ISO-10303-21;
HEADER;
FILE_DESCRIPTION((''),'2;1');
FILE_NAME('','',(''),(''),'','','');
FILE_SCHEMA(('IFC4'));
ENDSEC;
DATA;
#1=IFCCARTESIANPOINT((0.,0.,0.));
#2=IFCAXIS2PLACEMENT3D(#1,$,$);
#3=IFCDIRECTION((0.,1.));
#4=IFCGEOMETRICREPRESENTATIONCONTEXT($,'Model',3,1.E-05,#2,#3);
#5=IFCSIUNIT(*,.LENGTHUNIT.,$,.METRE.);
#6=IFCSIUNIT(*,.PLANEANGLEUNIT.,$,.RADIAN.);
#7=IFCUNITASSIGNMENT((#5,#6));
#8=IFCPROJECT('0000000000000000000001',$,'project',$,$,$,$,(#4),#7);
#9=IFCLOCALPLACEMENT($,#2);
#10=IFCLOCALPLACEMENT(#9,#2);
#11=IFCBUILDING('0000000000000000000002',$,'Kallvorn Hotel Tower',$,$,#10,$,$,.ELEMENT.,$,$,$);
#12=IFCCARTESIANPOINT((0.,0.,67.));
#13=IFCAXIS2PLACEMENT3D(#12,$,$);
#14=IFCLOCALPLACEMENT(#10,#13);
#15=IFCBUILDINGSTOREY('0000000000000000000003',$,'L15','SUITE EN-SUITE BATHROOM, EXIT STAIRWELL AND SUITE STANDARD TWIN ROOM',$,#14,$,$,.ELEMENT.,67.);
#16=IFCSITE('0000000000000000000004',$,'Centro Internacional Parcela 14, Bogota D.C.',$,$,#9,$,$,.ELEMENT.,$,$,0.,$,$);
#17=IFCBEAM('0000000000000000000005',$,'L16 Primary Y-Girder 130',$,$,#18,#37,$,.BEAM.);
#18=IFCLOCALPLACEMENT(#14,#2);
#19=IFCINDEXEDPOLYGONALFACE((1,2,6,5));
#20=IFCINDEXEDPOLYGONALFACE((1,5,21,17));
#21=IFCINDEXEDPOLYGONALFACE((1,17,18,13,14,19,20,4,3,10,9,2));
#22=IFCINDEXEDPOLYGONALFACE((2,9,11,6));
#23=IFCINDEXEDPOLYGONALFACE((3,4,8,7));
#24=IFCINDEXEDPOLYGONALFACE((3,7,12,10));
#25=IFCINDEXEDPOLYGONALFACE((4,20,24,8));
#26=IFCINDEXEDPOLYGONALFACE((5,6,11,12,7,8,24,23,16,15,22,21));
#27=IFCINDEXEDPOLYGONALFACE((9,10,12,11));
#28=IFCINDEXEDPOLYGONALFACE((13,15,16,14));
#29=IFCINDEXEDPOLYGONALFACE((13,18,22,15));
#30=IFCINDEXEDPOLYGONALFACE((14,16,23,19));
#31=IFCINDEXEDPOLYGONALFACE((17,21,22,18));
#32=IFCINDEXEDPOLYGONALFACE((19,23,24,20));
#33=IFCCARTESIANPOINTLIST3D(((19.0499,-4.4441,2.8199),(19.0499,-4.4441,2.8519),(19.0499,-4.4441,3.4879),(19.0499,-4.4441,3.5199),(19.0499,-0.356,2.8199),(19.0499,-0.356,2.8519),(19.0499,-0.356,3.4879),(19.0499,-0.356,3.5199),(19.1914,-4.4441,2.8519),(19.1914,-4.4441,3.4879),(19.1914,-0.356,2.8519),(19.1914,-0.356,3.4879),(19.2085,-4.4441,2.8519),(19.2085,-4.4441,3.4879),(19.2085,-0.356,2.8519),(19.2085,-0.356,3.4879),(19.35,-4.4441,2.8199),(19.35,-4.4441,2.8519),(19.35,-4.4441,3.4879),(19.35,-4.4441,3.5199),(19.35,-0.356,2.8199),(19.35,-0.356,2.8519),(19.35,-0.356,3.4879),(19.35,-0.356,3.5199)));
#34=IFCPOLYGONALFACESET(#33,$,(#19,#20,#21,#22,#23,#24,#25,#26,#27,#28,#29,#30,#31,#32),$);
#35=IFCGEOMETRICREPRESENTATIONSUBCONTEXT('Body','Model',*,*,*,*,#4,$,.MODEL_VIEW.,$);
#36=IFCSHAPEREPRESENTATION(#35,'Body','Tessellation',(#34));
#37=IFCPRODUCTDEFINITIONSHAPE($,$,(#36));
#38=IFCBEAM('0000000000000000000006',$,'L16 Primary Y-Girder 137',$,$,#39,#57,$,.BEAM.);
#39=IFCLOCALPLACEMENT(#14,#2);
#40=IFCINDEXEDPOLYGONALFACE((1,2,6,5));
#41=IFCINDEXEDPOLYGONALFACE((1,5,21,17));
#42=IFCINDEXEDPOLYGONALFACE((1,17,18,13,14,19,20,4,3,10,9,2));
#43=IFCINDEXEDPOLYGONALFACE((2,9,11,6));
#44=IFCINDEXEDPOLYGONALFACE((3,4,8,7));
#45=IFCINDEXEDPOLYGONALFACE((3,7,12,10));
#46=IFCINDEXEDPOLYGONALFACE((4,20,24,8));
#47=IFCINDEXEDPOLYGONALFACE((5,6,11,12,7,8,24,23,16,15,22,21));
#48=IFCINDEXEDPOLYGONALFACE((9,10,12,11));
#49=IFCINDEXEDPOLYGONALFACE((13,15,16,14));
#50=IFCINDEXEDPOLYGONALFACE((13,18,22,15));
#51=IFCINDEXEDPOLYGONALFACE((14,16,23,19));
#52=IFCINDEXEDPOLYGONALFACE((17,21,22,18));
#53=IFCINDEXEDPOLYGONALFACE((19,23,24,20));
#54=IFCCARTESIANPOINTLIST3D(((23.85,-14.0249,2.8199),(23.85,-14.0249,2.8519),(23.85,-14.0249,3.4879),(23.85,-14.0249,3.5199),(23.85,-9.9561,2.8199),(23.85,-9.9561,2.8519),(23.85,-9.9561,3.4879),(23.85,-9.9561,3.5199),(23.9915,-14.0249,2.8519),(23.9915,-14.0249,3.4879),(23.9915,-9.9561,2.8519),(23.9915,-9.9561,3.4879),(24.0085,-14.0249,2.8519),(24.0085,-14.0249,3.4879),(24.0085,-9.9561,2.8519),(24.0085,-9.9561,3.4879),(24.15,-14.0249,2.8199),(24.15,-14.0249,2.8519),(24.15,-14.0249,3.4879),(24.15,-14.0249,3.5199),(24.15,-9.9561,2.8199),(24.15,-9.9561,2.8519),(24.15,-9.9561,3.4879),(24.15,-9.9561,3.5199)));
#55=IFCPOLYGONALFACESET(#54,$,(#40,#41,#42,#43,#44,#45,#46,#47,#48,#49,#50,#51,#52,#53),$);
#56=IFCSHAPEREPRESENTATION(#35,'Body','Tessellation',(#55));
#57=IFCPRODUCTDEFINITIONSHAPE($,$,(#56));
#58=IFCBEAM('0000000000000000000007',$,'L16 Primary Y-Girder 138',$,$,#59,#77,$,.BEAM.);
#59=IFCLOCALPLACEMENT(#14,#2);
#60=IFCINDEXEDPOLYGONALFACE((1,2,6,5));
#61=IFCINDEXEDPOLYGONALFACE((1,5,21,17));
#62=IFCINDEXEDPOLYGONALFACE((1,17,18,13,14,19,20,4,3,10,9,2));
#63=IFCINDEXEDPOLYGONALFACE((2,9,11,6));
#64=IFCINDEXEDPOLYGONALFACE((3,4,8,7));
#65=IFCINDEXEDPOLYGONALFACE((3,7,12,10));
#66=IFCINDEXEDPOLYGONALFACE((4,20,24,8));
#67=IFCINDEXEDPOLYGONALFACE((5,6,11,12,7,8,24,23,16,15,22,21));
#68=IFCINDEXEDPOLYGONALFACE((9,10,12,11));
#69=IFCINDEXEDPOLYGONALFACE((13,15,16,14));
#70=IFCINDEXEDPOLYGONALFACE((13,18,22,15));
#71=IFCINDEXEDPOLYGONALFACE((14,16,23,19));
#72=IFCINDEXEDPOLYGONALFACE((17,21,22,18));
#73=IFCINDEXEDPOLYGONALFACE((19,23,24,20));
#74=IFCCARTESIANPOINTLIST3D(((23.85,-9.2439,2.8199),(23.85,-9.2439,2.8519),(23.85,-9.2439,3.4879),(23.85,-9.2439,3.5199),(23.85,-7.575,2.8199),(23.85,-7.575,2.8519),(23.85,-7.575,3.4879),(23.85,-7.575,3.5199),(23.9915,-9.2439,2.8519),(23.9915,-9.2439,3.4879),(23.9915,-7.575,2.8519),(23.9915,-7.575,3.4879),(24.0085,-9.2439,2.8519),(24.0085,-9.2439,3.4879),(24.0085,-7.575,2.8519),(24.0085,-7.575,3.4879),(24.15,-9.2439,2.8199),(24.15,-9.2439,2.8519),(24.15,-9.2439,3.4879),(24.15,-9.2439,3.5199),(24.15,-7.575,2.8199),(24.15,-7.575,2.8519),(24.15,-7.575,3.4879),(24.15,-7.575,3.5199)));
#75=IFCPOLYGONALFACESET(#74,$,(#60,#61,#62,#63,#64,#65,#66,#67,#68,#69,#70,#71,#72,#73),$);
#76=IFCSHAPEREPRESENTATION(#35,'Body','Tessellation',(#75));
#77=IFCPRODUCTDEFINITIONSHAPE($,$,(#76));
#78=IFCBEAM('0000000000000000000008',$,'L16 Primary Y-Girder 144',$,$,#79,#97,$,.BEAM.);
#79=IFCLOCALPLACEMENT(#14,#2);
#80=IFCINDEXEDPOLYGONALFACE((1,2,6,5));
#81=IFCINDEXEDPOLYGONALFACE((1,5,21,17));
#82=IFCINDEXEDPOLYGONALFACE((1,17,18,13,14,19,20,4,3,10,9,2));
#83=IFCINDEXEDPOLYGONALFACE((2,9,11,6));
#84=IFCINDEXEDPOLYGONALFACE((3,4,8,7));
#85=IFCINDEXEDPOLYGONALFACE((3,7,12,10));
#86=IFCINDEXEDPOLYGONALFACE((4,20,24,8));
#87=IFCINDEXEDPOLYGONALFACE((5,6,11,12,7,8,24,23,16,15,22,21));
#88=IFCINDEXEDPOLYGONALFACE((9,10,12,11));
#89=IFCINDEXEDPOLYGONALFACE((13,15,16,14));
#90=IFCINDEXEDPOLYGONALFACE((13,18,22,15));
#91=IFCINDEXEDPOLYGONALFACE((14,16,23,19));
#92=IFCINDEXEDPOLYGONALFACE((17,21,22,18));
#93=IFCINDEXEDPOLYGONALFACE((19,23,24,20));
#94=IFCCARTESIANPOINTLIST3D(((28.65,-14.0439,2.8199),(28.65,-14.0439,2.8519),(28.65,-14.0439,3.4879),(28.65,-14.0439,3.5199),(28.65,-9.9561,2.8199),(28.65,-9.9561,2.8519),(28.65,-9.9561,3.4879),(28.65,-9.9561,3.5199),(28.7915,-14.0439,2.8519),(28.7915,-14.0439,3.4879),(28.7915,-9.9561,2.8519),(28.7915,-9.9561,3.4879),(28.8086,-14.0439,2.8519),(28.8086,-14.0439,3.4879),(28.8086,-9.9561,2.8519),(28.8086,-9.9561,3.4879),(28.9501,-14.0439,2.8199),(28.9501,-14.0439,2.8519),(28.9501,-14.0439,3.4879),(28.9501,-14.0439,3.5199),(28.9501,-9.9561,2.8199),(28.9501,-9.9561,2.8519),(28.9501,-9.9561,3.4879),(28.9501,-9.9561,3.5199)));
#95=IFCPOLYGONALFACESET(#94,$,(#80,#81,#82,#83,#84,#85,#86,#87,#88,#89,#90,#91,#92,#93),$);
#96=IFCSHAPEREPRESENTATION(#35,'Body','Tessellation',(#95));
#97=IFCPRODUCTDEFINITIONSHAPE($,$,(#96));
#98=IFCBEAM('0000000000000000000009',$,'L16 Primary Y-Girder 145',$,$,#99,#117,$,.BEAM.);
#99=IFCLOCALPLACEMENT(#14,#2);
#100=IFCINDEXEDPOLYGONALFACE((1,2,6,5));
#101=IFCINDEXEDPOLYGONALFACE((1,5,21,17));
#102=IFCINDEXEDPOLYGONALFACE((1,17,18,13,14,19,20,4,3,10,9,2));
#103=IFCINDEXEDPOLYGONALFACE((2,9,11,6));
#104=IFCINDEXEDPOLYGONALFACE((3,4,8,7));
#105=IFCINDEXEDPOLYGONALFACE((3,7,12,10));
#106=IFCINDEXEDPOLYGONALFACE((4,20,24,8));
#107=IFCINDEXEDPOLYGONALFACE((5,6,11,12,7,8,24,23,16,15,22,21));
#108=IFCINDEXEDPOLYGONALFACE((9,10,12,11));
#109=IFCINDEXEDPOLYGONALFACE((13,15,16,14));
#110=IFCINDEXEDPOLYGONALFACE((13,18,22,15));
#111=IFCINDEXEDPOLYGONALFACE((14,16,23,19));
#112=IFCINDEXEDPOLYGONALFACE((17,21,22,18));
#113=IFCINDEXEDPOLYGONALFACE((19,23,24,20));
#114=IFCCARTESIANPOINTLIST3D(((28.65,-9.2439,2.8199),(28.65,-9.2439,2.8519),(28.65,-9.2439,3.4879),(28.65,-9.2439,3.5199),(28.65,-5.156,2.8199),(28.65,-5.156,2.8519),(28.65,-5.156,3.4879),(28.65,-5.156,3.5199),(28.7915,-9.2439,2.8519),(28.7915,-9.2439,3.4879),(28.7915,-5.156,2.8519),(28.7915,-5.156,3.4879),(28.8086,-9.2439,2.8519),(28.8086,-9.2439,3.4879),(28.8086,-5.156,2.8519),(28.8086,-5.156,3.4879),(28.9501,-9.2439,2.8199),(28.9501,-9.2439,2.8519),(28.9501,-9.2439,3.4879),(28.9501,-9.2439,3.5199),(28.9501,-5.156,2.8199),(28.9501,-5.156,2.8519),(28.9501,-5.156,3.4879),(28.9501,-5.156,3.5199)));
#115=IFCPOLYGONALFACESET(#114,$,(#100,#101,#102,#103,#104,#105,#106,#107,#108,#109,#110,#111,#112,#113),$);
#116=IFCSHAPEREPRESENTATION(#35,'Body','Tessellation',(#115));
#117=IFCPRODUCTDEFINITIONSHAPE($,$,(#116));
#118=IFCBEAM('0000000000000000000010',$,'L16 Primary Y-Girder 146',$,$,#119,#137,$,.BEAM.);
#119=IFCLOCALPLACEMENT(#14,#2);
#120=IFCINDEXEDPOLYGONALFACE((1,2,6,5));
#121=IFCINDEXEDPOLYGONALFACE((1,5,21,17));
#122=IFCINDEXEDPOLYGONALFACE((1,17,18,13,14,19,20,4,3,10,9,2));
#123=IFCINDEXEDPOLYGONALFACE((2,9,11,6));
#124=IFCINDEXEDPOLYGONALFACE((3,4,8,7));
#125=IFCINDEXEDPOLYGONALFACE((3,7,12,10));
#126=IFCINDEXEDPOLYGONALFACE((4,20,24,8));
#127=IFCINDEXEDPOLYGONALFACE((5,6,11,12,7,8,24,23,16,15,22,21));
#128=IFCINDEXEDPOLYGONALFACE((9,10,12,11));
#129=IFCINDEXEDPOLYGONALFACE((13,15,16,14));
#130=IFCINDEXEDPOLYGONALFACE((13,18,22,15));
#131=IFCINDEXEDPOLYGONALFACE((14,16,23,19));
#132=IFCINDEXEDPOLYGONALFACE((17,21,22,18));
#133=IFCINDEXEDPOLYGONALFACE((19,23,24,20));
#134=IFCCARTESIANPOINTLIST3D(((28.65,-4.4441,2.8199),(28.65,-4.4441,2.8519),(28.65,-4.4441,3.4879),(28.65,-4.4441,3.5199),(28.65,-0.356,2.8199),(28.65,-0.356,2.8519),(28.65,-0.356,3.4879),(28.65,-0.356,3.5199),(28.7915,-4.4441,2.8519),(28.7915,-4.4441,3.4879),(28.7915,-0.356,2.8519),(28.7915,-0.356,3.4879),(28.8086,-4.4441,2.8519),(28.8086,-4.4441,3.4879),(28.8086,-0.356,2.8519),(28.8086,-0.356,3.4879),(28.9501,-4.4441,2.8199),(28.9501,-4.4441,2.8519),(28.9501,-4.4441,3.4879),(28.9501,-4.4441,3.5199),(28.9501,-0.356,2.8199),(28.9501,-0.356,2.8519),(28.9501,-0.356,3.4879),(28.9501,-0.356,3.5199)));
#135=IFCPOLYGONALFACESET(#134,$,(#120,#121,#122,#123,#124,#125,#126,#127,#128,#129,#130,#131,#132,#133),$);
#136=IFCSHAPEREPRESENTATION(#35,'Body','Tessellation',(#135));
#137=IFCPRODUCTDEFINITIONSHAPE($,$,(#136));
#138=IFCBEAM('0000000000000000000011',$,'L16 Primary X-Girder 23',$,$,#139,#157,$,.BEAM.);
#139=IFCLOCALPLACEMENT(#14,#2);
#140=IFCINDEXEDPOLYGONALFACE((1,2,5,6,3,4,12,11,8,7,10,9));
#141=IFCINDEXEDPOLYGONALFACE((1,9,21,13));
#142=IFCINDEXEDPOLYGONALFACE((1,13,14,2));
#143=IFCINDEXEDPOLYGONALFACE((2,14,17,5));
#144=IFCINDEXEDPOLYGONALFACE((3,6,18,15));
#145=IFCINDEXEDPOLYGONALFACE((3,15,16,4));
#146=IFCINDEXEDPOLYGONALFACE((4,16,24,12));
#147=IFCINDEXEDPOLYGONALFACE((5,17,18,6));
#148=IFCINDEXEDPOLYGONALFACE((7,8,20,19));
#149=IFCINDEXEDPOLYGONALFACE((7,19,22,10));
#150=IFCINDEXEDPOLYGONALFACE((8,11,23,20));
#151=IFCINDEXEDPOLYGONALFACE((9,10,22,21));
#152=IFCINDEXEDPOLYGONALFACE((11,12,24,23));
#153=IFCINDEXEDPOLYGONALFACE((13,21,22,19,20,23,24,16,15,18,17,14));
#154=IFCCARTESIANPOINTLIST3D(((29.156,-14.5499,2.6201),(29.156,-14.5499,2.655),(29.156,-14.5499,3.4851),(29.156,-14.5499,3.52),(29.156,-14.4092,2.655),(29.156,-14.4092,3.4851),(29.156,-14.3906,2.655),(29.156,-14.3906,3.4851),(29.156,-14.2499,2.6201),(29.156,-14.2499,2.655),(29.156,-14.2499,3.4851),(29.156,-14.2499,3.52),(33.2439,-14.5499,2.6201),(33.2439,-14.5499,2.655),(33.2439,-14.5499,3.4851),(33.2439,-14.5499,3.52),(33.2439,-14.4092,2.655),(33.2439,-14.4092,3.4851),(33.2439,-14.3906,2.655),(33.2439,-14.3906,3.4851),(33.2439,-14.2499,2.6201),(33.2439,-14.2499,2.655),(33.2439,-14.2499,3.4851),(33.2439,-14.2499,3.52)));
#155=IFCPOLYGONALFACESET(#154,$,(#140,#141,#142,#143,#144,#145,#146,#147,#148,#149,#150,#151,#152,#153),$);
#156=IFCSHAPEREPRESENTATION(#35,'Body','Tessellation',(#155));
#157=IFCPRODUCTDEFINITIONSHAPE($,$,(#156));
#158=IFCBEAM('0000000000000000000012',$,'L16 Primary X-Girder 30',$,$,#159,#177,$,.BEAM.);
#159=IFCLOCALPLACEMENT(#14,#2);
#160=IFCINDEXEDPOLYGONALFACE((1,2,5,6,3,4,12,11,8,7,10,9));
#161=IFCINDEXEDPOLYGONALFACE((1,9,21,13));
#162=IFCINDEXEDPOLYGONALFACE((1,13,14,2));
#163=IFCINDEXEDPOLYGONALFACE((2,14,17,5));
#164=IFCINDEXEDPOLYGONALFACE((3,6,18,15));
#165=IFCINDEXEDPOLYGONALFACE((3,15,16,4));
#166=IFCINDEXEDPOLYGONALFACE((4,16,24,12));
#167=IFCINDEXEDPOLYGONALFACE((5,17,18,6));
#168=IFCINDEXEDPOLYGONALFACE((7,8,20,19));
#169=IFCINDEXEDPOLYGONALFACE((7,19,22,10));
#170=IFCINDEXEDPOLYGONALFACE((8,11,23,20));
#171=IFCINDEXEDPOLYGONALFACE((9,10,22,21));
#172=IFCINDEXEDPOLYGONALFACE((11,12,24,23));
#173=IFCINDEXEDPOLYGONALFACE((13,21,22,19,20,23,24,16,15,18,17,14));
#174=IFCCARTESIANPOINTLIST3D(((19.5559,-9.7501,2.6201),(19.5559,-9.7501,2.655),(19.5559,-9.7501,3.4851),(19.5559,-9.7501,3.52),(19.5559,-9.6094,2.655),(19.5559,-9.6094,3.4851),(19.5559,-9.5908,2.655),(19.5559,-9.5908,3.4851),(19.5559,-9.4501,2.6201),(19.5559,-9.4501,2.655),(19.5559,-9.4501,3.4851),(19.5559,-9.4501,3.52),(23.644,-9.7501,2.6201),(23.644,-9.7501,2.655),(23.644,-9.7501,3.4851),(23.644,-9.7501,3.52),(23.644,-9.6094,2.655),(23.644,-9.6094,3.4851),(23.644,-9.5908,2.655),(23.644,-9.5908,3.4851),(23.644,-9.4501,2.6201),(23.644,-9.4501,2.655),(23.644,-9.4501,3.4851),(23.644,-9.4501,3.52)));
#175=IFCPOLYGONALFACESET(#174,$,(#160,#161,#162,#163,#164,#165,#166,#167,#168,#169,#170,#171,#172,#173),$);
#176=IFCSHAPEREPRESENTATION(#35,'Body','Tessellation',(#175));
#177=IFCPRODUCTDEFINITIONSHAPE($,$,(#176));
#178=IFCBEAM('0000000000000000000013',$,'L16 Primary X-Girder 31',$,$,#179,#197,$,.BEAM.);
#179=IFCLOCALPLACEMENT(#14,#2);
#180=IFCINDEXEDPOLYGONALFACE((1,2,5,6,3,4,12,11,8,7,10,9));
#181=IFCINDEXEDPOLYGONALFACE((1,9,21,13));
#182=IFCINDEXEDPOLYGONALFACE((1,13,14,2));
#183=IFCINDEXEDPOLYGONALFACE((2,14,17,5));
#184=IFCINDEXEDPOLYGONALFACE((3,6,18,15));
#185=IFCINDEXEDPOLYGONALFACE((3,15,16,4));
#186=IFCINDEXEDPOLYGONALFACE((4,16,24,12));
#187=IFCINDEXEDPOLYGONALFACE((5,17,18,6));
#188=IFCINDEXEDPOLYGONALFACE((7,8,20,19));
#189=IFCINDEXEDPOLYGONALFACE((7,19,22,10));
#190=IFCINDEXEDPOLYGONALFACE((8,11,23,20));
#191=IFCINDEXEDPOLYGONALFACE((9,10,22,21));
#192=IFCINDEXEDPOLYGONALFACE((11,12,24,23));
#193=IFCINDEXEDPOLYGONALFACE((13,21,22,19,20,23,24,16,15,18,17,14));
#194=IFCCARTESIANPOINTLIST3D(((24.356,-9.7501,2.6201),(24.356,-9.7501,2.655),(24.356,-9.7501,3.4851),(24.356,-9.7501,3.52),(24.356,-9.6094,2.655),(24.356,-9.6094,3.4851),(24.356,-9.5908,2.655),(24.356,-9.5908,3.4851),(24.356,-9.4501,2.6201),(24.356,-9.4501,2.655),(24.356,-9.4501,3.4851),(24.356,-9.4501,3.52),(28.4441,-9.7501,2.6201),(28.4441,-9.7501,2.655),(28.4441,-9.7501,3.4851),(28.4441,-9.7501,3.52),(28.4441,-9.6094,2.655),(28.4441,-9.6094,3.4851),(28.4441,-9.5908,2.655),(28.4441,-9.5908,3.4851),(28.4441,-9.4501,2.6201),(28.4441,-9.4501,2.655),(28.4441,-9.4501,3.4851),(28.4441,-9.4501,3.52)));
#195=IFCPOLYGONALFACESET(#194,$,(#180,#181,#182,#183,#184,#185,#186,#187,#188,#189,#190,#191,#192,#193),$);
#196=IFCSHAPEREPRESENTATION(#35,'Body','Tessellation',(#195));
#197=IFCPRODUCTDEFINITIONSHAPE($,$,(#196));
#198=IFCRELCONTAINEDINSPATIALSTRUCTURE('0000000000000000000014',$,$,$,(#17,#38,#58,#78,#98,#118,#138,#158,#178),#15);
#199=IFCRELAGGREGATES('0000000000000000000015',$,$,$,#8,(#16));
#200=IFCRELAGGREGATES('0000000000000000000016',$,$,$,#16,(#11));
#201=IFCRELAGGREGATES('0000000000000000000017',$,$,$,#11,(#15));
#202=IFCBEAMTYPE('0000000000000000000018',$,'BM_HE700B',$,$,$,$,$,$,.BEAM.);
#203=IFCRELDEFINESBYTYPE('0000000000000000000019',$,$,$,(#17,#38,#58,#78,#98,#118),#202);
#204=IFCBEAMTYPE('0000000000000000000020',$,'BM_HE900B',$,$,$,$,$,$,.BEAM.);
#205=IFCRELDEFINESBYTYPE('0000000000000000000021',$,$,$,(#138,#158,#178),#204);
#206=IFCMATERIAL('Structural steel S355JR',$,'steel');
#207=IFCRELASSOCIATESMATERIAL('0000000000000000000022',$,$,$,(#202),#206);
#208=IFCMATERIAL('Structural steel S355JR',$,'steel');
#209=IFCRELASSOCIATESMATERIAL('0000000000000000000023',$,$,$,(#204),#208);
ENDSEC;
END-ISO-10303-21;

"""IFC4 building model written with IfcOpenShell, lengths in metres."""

from ifc_helpers import new_model, si_unit, direction, frame, origin, origin_2d, place, context, subcontext, project, spatial, i_section, extrude, material, material_profile, profile_set, type_object, element, save


model = new_model("IFC4")

# Units and contexts
model_context = context("Model", 3, precision=1e-05, world=origin(), true_north=direction((0.0, 1.0)))
body_context = subcontext(model_context, "Body", "Model", "MODEL_VIEW")
ifc_project = project(units=[si_unit("LENGTHUNIT", "METRE"), si_unit("PLANEANGLEUNIT", "RADIAN")], contexts=[model_context])

# Site, building, storey
site_placement = place(None, origin())
site = spatial("IfcSite", under=ifc_project, at=site_placement, Name="Centro Internacional Parcela 14, Bogota D.C.", CompositionType="ELEMENT", RefElevation=0.0)
building_placement = place(site_placement, origin())
building = spatial("IfcBuilding", under=site, at=building_placement, Name="Kallvorn Hotel Tower", CompositionType="ELEMENT")
storey_placement = place(building_placement, frame((0.0, 0.0, 67.0)))
storey = spatial("IfcBuildingStorey", under=building, at=storey_placement, Name="L15", Description="SUITE EN-SUITE BATHROOM, EXIT STAIRWELL AND SUITE STANDARD TWIN ROOM", CompositionType="ELEMENT", Elevation=67.0)

# Beams
ifc_material_1 = material(Name="Structural steel S355JR", Category="steel")
ifc_material_profile_1 = material_profile(ifc_material_1, i_section(OverallWidth=0.3, OverallDepth=0.7, WebThickness=0.0171, FlangeThickness=0.032, at=origin_2d()), Name="HE 700 B")
ifc_profile_set_1 = profile_set([ifc_material_profile_1], Name="Structural steel S355JR")
beam_type_1 = type_object("IfcBeamType", Name="BM_HE700B", PredefinedType="BEAM", material=ifc_profile_set_1)
beam_1_placement = place(storey_placement, frame((19.2, -4.4441, 3.1699), z_axis=(0.0, 1.0, 0.0), x_axis=(-1.0, 0.0, 0.0)))
element("IfcBeam", 1, at=beam_1_placement, inside=storey, type_object=beam_type_1, Name="L16 Primary Y-Girder 130", PredefinedType="BEAM", context=body_context, shape_type="SweptSolid", body=[
    extrude(i_section(OverallWidth=0.3, OverallDepth=0.7, WebThickness=0.0171, FlangeThickness=0.032, at=origin_2d()), origin(), (0.0, 0.0, 1.0), 4.0881),
])
beam_2_placement = place(storey_placement, frame((24.0, -14.0249, 3.1699), z_axis=(0.0, 1.0, 0.0), x_axis=(-1.0, 0.0, 0.0)))
element("IfcBeam", 2, at=beam_2_placement, inside=storey, type_object=beam_type_1, Name="L16 Primary Y-Girder 137", PredefinedType="BEAM", context=body_context, shape_type="SweptSolid", body=[
    extrude(i_section(OverallWidth=0.3, OverallDepth=0.7, WebThickness=0.0171, FlangeThickness=0.032, at=origin_2d()), origin(), (0.0, 0.0, 1.0), 4.0688),
])
beam_3_placement = place(storey_placement, frame((24.0, -9.2439, 3.1699), z_axis=(0.0, 1.0, 0.0), x_axis=(-1.0, 0.0, 0.0)))
element("IfcBeam", 3, at=beam_3_placement, inside=storey, type_object=beam_type_1, Name="L16 Primary Y-Girder 138", PredefinedType="BEAM", context=body_context, shape_type="SweptSolid", body=[
    extrude(i_section(OverallWidth=0.3, OverallDepth=0.7, WebThickness=0.0171, FlangeThickness=0.032, at=origin_2d()), origin(), (0.0, 0.0, 1.0), 1.6689),
])
for number, where, z_axis, x_axis, name in (
    (4, (28.8, -14.0439, 3.1699), (0.0, 1.0, 0.0), (-1.0, 0.0, 0.0), "L16 Primary Y-Girder 144"),
    (5, (28.8, -9.2439, 3.1699), (0.0, 1.0, 0.0), (-1.0, 0.0, 0.0), "L16 Primary Y-Girder 145"),
):
    element("IfcBeam", number, at=place(storey_placement, frame(where, z_axis=z_axis, x_axis=x_axis)), inside=storey, type_object=beam_type_1, Name=name, PredefinedType="BEAM", context=body_context, shape_type="SweptSolid", body=[
        extrude(i_section(OverallWidth=0.3, OverallDepth=0.7, WebThickness=0.0171, FlangeThickness=0.032, at=origin_2d()), origin(), (0.0, 0.0, 1.0), 4.0879),
    ])
beam_4_placement = place(storey_placement, frame((28.8, -4.4441, 3.1699), z_axis=(0.0, 1.0, 0.0), x_axis=(-1.0, 0.0, 0.0)))
element("IfcBeam", 6, at=beam_4_placement, inside=storey, type_object=beam_type_1, Name="L16 Primary Y-Girder 146", PredefinedType="BEAM", context=body_context, shape_type="SweptSolid", body=[
    extrude(i_section(OverallWidth=0.3, OverallDepth=0.7, WebThickness=0.0171, FlangeThickness=0.032, at=origin_2d()), origin(), (0.0, 0.0, 1.0), 4.0881),
])
ifc_material_2 = material(Name="Structural steel S355JR", Category="steel")
ifc_material_profile_2 = material_profile(ifc_material_2, i_section(OverallWidth=0.3, OverallDepth=0.8999, WebThickness=0.0186, FlangeThickness=0.0349, at=origin_2d()), Name="HE 900 B")
ifc_profile_set_2 = profile_set([ifc_material_profile_2], Name="Structural steel S355JR")
beam_type_2 = type_object("IfcBeamType", Name="BM_HE900B", PredefinedType="BEAM", material=ifc_profile_set_2)
beam_5_placement = place(storey_placement, frame((29.156, -14.3999, 3.0701), z_axis=(1.0, 0.0, 0.0), x_axis=(0.0, 1.0, 0.0)))
element("IfcBeam", 7, at=beam_5_placement, inside=storey, type_object=beam_type_2, Name="L16 Primary X-Girder 23", PredefinedType="BEAM", context=body_context, shape_type="SweptSolid", body=[
    extrude(i_section(OverallWidth=0.3, OverallDepth=0.8999, WebThickness=0.0186, FlangeThickness=0.0349, at=origin_2d()), origin(), (0.0, 0.0, 1.0), 4.0879),
])
for number, where, z_axis, x_axis, name in (
    (8, (19.5559, -9.6001, 3.0701), (1.0, 0.0, 0.0), (0.0, 1.0, 0.0), "L16 Primary X-Girder 30"),
    (9, (24.356, -9.6001, 3.0701), (1.0, 0.0, 0.0), (0.0, 1.0, 0.0), "L16 Primary X-Girder 31"),
):
    element("IfcBeam", number, at=place(storey_placement, frame(where, z_axis=z_axis, x_axis=x_axis)), inside=storey, type_object=beam_type_2, Name=name, PredefinedType="BEAM", context=body_context, shape_type="SweptSolid", body=[
        extrude(i_section(OverallWidth=0.3, OverallDepth=0.8999, WebThickness=0.0186, FlangeThickness=0.0349, at=origin_2d()), origin(), (0.0, 0.0, 1.0), 4.0881),
    ])

save(model, "model.ifc")
